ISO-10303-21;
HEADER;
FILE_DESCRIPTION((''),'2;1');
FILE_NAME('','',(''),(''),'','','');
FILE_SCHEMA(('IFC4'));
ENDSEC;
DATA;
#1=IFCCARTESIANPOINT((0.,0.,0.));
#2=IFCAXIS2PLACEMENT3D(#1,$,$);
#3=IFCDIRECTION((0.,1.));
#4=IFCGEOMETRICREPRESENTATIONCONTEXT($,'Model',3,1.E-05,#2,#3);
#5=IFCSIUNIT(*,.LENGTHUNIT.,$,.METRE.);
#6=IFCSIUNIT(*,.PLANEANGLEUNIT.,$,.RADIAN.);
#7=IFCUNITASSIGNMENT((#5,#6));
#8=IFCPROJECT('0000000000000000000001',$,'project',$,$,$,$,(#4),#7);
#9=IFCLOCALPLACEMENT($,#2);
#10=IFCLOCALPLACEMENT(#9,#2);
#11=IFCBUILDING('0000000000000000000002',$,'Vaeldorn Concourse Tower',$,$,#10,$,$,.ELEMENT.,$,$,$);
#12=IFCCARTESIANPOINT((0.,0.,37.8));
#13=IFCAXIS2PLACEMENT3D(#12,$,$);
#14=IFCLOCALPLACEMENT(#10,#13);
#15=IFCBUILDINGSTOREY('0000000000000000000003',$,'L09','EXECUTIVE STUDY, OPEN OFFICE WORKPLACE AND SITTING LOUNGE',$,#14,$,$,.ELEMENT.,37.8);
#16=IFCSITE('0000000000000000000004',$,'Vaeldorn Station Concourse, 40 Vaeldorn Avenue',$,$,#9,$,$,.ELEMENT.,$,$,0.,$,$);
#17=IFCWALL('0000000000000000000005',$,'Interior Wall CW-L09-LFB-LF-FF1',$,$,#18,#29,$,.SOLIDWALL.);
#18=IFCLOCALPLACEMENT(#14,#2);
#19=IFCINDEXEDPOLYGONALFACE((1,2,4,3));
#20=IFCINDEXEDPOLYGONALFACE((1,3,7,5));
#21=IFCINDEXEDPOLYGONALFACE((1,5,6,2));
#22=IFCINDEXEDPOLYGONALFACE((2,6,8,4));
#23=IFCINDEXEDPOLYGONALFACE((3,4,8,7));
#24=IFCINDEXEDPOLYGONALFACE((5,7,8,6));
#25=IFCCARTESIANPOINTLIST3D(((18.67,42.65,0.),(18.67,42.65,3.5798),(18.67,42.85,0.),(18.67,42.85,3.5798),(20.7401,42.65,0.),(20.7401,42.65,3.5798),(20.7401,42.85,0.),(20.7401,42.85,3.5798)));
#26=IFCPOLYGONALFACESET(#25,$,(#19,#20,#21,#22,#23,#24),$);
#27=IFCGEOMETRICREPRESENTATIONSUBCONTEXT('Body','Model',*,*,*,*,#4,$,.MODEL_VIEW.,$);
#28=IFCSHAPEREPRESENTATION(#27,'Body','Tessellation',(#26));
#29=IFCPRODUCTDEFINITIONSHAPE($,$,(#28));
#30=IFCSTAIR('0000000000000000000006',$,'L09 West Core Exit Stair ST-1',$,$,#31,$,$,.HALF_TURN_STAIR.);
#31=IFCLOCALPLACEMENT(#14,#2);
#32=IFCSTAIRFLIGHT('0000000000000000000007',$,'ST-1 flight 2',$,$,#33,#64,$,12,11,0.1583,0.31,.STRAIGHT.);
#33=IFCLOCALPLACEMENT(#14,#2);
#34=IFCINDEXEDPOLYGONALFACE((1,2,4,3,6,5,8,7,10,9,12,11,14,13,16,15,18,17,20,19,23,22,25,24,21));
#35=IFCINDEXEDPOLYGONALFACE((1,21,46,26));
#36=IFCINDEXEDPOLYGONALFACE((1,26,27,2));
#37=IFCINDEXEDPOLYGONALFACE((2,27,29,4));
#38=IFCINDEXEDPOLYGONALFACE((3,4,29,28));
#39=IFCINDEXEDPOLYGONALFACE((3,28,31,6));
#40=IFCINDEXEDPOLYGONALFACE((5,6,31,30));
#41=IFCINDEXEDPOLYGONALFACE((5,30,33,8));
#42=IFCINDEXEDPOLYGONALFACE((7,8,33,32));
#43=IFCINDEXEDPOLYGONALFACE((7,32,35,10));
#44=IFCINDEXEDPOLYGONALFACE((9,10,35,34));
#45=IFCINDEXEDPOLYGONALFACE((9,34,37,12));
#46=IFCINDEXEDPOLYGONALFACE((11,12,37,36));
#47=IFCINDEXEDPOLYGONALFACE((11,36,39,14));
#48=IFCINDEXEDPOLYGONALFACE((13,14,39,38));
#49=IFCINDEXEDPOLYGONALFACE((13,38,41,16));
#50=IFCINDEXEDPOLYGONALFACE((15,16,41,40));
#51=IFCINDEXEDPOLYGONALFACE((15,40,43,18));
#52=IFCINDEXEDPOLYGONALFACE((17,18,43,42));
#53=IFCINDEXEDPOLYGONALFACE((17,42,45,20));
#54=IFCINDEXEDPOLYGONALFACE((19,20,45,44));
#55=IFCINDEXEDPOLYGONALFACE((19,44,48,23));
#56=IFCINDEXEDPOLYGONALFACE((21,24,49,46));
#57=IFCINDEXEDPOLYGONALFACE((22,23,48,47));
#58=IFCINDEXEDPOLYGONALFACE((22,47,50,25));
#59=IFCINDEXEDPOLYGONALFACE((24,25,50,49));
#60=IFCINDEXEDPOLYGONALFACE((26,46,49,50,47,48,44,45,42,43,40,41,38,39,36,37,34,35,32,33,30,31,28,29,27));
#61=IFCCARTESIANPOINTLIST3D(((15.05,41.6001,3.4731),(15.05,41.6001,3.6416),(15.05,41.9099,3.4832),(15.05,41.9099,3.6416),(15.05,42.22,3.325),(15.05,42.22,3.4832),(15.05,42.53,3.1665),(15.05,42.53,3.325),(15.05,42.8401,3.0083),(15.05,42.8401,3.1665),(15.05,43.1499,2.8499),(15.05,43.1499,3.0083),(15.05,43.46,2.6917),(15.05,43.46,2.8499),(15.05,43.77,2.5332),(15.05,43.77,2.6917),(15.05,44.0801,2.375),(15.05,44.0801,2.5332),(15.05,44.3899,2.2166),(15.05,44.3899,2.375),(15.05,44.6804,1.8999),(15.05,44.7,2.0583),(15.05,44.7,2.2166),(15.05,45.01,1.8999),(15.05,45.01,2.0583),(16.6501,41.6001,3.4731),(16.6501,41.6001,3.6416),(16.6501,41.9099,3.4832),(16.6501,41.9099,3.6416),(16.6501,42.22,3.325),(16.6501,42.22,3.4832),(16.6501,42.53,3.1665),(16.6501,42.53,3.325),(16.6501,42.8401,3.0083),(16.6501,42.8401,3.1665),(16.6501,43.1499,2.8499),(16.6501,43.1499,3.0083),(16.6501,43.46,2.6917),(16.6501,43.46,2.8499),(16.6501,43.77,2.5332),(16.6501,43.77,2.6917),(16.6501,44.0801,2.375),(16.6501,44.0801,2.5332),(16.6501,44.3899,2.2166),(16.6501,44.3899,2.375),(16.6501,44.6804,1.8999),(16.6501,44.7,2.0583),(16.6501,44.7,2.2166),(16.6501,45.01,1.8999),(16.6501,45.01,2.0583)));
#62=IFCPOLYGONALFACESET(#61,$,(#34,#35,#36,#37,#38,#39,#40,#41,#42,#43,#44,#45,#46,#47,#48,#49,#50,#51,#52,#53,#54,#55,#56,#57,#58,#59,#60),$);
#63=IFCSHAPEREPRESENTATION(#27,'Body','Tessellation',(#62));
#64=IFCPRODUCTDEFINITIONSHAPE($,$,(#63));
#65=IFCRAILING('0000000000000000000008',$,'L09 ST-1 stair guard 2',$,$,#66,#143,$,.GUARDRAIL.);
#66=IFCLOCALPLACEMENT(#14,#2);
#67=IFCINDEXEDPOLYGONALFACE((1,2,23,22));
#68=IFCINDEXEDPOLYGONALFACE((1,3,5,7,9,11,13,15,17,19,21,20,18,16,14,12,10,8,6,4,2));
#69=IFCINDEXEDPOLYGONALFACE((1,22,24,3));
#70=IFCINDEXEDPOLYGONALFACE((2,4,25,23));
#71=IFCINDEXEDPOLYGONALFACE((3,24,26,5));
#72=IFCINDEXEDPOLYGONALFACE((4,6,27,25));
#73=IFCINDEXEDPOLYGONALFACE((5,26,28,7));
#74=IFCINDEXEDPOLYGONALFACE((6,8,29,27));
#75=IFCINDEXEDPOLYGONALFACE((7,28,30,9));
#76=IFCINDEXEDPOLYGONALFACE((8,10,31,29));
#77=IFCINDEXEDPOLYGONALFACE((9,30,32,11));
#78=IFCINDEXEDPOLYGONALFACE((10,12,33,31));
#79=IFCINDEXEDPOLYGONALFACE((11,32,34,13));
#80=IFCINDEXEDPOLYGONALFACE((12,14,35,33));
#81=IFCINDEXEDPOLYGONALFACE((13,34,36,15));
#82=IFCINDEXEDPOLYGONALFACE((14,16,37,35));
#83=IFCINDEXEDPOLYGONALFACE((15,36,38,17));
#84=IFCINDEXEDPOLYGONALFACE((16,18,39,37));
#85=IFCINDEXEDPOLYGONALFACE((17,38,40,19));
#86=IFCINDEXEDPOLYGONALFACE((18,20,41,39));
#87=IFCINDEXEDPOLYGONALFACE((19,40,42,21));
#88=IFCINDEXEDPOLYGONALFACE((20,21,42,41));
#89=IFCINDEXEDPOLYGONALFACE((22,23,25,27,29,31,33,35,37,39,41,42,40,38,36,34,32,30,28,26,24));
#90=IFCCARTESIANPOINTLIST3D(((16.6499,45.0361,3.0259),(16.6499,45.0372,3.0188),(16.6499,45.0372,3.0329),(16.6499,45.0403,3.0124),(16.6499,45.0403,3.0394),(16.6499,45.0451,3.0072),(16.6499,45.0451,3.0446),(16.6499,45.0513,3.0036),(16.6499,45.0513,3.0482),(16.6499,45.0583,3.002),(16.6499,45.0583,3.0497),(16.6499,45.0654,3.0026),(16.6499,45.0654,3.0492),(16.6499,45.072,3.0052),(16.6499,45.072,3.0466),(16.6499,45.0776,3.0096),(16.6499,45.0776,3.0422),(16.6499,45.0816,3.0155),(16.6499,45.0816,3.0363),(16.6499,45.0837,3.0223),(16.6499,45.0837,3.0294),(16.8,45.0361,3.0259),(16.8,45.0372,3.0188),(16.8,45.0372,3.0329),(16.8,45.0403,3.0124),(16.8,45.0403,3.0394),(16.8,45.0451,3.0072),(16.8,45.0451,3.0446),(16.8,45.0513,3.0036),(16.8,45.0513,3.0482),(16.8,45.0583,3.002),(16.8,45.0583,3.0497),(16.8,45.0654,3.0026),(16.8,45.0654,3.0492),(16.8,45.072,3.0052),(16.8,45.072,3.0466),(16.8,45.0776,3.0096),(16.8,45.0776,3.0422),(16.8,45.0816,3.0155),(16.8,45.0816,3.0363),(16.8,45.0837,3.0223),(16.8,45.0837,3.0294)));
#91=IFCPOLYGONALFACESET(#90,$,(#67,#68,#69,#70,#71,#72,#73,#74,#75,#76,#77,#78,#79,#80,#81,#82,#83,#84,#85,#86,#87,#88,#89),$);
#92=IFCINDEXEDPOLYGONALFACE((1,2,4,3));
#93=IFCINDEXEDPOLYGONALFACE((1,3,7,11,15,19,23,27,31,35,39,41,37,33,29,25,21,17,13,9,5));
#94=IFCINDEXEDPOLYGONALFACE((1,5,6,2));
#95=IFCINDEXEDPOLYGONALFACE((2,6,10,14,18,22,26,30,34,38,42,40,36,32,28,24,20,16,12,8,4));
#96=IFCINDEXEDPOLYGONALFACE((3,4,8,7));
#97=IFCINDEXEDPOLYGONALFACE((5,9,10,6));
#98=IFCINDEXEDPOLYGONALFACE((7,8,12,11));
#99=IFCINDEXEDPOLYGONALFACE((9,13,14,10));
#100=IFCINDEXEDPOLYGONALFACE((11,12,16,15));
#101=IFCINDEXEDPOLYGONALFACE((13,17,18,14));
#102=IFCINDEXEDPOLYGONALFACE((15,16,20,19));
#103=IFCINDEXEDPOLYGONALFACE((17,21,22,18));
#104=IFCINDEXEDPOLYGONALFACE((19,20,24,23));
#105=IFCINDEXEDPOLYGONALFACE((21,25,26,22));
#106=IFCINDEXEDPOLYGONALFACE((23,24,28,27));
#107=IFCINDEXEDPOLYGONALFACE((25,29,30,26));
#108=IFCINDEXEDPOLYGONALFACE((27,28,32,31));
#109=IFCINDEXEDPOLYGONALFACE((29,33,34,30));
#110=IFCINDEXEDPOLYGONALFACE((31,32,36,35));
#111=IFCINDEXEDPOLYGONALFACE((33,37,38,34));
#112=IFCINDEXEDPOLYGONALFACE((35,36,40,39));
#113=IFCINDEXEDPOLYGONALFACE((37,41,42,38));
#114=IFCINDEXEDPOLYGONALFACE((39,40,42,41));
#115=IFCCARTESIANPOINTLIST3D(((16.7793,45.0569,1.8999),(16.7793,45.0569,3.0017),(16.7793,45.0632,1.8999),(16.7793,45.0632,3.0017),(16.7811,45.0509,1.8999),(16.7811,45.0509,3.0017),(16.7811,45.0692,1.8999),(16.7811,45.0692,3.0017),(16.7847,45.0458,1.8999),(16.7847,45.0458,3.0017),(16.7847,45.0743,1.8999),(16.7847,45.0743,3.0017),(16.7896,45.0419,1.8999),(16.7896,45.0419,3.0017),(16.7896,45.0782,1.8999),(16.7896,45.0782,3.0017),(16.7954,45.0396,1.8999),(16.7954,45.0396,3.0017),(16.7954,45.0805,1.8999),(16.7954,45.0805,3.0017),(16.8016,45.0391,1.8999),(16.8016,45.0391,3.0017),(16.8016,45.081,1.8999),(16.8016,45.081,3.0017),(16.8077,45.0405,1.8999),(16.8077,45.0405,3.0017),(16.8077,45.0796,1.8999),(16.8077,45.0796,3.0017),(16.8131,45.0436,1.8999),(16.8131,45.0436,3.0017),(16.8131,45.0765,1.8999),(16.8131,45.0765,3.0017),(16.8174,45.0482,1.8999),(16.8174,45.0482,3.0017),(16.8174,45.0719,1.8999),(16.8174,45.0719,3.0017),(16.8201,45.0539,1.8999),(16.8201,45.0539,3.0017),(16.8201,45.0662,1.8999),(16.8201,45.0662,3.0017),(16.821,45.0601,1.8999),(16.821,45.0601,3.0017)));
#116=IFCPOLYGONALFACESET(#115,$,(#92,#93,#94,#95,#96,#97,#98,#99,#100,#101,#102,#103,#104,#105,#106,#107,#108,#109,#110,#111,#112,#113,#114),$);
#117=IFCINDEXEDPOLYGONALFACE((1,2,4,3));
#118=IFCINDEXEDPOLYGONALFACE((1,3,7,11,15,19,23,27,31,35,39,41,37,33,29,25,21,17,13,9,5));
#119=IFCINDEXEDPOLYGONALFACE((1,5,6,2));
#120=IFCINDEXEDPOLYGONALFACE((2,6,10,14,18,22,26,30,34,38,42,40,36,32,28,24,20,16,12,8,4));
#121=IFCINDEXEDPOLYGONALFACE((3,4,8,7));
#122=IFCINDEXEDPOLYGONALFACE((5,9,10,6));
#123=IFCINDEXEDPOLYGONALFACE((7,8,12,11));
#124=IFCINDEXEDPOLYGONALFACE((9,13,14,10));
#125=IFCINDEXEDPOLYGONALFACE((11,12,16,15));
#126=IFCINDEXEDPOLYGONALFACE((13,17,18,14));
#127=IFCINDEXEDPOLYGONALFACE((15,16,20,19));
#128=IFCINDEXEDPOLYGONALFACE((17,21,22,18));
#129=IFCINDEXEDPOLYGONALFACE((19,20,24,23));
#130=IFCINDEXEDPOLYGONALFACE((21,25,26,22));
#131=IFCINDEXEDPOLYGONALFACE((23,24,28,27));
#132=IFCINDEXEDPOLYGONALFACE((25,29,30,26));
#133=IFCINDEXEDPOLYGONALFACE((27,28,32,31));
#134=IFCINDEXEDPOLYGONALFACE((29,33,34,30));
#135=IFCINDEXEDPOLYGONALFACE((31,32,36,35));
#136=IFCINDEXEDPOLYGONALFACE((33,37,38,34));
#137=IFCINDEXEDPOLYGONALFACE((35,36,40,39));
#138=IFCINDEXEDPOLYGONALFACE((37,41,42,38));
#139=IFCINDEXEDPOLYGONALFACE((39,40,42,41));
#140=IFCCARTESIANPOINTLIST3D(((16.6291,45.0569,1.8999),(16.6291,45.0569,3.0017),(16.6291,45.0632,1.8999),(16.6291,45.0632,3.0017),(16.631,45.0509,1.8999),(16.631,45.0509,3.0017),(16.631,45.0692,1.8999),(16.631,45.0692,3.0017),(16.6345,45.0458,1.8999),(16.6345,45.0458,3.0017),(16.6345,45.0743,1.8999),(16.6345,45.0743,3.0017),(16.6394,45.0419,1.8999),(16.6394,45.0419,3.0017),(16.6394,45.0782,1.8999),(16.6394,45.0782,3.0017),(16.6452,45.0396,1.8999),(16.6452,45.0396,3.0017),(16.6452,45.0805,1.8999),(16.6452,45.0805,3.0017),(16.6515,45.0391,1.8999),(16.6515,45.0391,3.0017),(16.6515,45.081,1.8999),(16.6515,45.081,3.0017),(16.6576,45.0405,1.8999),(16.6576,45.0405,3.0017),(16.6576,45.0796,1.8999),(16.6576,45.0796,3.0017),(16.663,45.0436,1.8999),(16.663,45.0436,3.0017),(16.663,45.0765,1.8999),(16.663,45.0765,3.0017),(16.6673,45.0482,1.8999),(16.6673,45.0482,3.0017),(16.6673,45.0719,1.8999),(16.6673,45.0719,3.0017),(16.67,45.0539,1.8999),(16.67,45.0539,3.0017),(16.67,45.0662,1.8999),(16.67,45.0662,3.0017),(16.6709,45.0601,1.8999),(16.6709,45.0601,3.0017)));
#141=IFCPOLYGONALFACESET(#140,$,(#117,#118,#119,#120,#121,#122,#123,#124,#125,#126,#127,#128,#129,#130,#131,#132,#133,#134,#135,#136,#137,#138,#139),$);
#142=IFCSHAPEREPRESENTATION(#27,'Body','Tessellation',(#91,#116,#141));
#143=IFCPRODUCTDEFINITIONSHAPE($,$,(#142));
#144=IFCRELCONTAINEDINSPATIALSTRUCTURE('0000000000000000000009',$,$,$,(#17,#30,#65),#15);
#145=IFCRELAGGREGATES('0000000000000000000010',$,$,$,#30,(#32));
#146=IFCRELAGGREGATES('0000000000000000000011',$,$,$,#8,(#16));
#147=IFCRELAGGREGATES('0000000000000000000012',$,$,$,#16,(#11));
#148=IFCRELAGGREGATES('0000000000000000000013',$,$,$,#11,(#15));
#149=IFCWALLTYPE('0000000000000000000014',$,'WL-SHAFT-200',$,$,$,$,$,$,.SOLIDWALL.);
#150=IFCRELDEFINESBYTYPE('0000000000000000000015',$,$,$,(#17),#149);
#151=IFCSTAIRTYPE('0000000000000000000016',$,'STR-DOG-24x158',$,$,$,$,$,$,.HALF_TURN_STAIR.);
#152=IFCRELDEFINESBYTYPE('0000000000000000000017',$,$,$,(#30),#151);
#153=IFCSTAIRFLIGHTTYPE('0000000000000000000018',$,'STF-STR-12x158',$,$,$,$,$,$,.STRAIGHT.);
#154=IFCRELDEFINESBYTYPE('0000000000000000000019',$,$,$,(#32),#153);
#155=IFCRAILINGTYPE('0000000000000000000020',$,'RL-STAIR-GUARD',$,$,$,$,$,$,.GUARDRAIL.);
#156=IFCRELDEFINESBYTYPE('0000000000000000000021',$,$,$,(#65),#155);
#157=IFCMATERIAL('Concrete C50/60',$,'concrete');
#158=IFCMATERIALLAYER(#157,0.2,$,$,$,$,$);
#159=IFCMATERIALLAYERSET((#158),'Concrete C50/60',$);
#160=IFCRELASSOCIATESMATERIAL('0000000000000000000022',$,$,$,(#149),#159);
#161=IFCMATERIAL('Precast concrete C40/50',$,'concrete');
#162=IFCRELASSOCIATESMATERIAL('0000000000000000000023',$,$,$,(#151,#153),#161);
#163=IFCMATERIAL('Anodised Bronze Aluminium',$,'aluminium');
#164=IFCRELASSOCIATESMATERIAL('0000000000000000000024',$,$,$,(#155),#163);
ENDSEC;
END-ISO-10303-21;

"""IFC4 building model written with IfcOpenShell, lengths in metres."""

from ifc_helpers import new_model, si_unit, direction, frame, frame_2d, origin, origin_2d, place, context, subcontext, project, spatial, polyline, rectangle, circle, outline, extrude, material, layer, layer_set, type_object, element, aggregate, save


model = new_model("IFC4")

# Units and contexts
model_context = context("Model", 3, precision=1e-05, world=origin(), true_north=direction((0.0, 1.0)))
body_context = subcontext(model_context, "Body", "Model", "MODEL_VIEW")
ifc_project = project(units=[si_unit("LENGTHUNIT", "METRE"), si_unit("PLANEANGLEUNIT", "RADIAN")], contexts=[model_context])

# Site, building, storey
site_placement = place(None, origin())
site = spatial("IfcSite", under=ifc_project, at=site_placement, Name="Vaeldorn Station Concourse, 40 Vaeldorn Avenue", CompositionType="ELEMENT", RefElevation=0.0)
building_placement = place(site_placement, origin())
building = spatial("IfcBuilding", under=site, at=building_placement, Name="Vaeldorn Concourse Tower", CompositionType="ELEMENT")
storey_placement = place(building_placement, frame((0.0, 0.0, 37.8)))
storey = spatial("IfcBuildingStorey", under=building, at=storey_placement, Name="L09", Description="EXECUTIVE STUDY, OPEN OFFICE WORKPLACE AND SITTING LOUNGE", CompositionType="ELEMENT", Elevation=37.8)

# Shared definitions
ifc_material_1 = material(Name="Concrete C50/60", Category="concrete")
ifc_layer_1 = layer(ifc_material_1, 0.2)
ifc_layer_set_1 = layer_set([ifc_layer_1], Name="Concrete C50/60")
wall_type_1 = type_object("IfcWallType", Name="WL-SHAFT-200", PredefinedType="SOLIDWALL", material=ifc_layer_set_1)

# Shared definitions
ifc_material_2 = material(Name="Anodised Bronze Aluminium", Category="aluminium")

# Wall
for number, where, z_axis, x_axis, name in (
    (1, (18.6699, 42.75, 0.0), (0.0, 0.0, 1.0), (1.0, 0.0, 0.0), "Interior Wall CW-L09-LFB-LF-FF1"),
):
    element("IfcWall", number, at=place(storey_placement, frame(where, z_axis=z_axis, x_axis=x_axis)), inside=storey, type_object=wall_type_1, Name=name, PredefinedType="SOLIDWALL", context=body_context, shape_type="SweptSolid", body=[
        extrude(rectangle(XDim=2.0701, YDim=0.2, at=frame_2d((1.0352, 0.0))), origin(), (0.0, 0.0, 1.0), 3.5798),
    ])

# Stair, stair flight
ifc_material_3 = material(Name="Precast concrete C40/50", Category="concrete")
stair_type = type_object("IfcStairType", Name="STR-DOG-24x158", PredefinedType="HALF_TURN_STAIR", material=ifc_material_3)
stair_placement = place(storey_placement, origin())
stair = element("IfcStair", 2, at=stair_placement, inside=storey, type_object=stair_type, Name="L09 West Core Exit Stair ST-1", PredefinedType="HALF_TURN_STAIR")
stair_flight_type = type_object("IfcStairFlightType", Name="STF-STR-12x158", PredefinedType="STRAIGHT", material=ifc_material_3)
stair_flight_placement = place(storey_placement, frame((15.8501, 45.01, 1.8999), z_axis=(0.0, 0.0, 1.0), x_axis=(0.0, -1.0, 0.0)))
stair_flight = element("IfcStairFlight", 3, at=stair_flight_placement, type_object=stair_flight_type, Name="ST-1 flight 2", NumberOfRisers=12, NumberOfTreads=11, PredefinedType="STRAIGHT", RiserHeight=0.1583, TreadLength=0.31, context=body_context, shape_type="SweptSolid", body=[
    extrude(outline(polyline([(0.0, 0.0), (0.0, 0.1584), (0.3101, 0.1584), (0.3101, 0.3167), (0.6201, 0.3167), (0.6201, 0.4751), (0.9299, 0.4751), (0.9299, 0.6333), (1.24, 0.6333), (1.24, 0.7917), (1.55, 0.7917), (1.55, 0.95), (1.8601, 0.95), (1.8601, 1.1084), (2.1699, 1.1084), (2.1699, 1.2666), (2.48, 1.2666), (2.48, 1.425), (2.79, 1.425), (2.79, 1.5833), (3.1001, 1.5833), (3.1001, 1.7417), (3.4099, 1.7417), (3.4099, 1.8999), (3.4099, 1.5732), (0.3296, 0.0), (0.0, 0.0)])), frame((0.0, 0.8, 0.0), z_axis=(0.0, -1.0, 0.0), x_axis=(1.0, 0.0, 0.0)), (0.0, 0.0, 1.0), 1.6001),
])
aggregate(stair, [stair_flight])

# Railing
railing_type_1 = type_object("IfcRailingType", Name="RL-STAIR-GUARD", PredefinedType="GUARDRAIL", material=ifc_material_2)
railing_1_placement = place(storey_placement, frame((16.8, 45.0601, 1.8999)))
element("IfcRailing", 4, at=railing_1_placement, inside=storey, type_object=railing_type_1, Name="L09 ST-1 stair guard 2", PredefinedType="GUARDRAIL", context=body_context, shape_type="SweptSolid", body=[
    extrude(circle(Radius=0.0239, at=origin_2d()), frame((0.0, 0.0, 1.126), z_axis=(-1.0, 0.0, 0.0), x_axis=(0.0, -1.0, 0.0)), (0.0, 0.0, 1.0), 0.1501),
    extrude(circle(Radius=0.021, at=origin_2d()), origin(), (0.0, 0.0, 1.0), 1.1018),
    extrude(circle(Radius=0.021, at=origin_2d()), frame((-0.1501, 0.0, 0.0)), (0.0, 0.0, 1.0), 1.1018),
])

save(model, "model.ifc")
